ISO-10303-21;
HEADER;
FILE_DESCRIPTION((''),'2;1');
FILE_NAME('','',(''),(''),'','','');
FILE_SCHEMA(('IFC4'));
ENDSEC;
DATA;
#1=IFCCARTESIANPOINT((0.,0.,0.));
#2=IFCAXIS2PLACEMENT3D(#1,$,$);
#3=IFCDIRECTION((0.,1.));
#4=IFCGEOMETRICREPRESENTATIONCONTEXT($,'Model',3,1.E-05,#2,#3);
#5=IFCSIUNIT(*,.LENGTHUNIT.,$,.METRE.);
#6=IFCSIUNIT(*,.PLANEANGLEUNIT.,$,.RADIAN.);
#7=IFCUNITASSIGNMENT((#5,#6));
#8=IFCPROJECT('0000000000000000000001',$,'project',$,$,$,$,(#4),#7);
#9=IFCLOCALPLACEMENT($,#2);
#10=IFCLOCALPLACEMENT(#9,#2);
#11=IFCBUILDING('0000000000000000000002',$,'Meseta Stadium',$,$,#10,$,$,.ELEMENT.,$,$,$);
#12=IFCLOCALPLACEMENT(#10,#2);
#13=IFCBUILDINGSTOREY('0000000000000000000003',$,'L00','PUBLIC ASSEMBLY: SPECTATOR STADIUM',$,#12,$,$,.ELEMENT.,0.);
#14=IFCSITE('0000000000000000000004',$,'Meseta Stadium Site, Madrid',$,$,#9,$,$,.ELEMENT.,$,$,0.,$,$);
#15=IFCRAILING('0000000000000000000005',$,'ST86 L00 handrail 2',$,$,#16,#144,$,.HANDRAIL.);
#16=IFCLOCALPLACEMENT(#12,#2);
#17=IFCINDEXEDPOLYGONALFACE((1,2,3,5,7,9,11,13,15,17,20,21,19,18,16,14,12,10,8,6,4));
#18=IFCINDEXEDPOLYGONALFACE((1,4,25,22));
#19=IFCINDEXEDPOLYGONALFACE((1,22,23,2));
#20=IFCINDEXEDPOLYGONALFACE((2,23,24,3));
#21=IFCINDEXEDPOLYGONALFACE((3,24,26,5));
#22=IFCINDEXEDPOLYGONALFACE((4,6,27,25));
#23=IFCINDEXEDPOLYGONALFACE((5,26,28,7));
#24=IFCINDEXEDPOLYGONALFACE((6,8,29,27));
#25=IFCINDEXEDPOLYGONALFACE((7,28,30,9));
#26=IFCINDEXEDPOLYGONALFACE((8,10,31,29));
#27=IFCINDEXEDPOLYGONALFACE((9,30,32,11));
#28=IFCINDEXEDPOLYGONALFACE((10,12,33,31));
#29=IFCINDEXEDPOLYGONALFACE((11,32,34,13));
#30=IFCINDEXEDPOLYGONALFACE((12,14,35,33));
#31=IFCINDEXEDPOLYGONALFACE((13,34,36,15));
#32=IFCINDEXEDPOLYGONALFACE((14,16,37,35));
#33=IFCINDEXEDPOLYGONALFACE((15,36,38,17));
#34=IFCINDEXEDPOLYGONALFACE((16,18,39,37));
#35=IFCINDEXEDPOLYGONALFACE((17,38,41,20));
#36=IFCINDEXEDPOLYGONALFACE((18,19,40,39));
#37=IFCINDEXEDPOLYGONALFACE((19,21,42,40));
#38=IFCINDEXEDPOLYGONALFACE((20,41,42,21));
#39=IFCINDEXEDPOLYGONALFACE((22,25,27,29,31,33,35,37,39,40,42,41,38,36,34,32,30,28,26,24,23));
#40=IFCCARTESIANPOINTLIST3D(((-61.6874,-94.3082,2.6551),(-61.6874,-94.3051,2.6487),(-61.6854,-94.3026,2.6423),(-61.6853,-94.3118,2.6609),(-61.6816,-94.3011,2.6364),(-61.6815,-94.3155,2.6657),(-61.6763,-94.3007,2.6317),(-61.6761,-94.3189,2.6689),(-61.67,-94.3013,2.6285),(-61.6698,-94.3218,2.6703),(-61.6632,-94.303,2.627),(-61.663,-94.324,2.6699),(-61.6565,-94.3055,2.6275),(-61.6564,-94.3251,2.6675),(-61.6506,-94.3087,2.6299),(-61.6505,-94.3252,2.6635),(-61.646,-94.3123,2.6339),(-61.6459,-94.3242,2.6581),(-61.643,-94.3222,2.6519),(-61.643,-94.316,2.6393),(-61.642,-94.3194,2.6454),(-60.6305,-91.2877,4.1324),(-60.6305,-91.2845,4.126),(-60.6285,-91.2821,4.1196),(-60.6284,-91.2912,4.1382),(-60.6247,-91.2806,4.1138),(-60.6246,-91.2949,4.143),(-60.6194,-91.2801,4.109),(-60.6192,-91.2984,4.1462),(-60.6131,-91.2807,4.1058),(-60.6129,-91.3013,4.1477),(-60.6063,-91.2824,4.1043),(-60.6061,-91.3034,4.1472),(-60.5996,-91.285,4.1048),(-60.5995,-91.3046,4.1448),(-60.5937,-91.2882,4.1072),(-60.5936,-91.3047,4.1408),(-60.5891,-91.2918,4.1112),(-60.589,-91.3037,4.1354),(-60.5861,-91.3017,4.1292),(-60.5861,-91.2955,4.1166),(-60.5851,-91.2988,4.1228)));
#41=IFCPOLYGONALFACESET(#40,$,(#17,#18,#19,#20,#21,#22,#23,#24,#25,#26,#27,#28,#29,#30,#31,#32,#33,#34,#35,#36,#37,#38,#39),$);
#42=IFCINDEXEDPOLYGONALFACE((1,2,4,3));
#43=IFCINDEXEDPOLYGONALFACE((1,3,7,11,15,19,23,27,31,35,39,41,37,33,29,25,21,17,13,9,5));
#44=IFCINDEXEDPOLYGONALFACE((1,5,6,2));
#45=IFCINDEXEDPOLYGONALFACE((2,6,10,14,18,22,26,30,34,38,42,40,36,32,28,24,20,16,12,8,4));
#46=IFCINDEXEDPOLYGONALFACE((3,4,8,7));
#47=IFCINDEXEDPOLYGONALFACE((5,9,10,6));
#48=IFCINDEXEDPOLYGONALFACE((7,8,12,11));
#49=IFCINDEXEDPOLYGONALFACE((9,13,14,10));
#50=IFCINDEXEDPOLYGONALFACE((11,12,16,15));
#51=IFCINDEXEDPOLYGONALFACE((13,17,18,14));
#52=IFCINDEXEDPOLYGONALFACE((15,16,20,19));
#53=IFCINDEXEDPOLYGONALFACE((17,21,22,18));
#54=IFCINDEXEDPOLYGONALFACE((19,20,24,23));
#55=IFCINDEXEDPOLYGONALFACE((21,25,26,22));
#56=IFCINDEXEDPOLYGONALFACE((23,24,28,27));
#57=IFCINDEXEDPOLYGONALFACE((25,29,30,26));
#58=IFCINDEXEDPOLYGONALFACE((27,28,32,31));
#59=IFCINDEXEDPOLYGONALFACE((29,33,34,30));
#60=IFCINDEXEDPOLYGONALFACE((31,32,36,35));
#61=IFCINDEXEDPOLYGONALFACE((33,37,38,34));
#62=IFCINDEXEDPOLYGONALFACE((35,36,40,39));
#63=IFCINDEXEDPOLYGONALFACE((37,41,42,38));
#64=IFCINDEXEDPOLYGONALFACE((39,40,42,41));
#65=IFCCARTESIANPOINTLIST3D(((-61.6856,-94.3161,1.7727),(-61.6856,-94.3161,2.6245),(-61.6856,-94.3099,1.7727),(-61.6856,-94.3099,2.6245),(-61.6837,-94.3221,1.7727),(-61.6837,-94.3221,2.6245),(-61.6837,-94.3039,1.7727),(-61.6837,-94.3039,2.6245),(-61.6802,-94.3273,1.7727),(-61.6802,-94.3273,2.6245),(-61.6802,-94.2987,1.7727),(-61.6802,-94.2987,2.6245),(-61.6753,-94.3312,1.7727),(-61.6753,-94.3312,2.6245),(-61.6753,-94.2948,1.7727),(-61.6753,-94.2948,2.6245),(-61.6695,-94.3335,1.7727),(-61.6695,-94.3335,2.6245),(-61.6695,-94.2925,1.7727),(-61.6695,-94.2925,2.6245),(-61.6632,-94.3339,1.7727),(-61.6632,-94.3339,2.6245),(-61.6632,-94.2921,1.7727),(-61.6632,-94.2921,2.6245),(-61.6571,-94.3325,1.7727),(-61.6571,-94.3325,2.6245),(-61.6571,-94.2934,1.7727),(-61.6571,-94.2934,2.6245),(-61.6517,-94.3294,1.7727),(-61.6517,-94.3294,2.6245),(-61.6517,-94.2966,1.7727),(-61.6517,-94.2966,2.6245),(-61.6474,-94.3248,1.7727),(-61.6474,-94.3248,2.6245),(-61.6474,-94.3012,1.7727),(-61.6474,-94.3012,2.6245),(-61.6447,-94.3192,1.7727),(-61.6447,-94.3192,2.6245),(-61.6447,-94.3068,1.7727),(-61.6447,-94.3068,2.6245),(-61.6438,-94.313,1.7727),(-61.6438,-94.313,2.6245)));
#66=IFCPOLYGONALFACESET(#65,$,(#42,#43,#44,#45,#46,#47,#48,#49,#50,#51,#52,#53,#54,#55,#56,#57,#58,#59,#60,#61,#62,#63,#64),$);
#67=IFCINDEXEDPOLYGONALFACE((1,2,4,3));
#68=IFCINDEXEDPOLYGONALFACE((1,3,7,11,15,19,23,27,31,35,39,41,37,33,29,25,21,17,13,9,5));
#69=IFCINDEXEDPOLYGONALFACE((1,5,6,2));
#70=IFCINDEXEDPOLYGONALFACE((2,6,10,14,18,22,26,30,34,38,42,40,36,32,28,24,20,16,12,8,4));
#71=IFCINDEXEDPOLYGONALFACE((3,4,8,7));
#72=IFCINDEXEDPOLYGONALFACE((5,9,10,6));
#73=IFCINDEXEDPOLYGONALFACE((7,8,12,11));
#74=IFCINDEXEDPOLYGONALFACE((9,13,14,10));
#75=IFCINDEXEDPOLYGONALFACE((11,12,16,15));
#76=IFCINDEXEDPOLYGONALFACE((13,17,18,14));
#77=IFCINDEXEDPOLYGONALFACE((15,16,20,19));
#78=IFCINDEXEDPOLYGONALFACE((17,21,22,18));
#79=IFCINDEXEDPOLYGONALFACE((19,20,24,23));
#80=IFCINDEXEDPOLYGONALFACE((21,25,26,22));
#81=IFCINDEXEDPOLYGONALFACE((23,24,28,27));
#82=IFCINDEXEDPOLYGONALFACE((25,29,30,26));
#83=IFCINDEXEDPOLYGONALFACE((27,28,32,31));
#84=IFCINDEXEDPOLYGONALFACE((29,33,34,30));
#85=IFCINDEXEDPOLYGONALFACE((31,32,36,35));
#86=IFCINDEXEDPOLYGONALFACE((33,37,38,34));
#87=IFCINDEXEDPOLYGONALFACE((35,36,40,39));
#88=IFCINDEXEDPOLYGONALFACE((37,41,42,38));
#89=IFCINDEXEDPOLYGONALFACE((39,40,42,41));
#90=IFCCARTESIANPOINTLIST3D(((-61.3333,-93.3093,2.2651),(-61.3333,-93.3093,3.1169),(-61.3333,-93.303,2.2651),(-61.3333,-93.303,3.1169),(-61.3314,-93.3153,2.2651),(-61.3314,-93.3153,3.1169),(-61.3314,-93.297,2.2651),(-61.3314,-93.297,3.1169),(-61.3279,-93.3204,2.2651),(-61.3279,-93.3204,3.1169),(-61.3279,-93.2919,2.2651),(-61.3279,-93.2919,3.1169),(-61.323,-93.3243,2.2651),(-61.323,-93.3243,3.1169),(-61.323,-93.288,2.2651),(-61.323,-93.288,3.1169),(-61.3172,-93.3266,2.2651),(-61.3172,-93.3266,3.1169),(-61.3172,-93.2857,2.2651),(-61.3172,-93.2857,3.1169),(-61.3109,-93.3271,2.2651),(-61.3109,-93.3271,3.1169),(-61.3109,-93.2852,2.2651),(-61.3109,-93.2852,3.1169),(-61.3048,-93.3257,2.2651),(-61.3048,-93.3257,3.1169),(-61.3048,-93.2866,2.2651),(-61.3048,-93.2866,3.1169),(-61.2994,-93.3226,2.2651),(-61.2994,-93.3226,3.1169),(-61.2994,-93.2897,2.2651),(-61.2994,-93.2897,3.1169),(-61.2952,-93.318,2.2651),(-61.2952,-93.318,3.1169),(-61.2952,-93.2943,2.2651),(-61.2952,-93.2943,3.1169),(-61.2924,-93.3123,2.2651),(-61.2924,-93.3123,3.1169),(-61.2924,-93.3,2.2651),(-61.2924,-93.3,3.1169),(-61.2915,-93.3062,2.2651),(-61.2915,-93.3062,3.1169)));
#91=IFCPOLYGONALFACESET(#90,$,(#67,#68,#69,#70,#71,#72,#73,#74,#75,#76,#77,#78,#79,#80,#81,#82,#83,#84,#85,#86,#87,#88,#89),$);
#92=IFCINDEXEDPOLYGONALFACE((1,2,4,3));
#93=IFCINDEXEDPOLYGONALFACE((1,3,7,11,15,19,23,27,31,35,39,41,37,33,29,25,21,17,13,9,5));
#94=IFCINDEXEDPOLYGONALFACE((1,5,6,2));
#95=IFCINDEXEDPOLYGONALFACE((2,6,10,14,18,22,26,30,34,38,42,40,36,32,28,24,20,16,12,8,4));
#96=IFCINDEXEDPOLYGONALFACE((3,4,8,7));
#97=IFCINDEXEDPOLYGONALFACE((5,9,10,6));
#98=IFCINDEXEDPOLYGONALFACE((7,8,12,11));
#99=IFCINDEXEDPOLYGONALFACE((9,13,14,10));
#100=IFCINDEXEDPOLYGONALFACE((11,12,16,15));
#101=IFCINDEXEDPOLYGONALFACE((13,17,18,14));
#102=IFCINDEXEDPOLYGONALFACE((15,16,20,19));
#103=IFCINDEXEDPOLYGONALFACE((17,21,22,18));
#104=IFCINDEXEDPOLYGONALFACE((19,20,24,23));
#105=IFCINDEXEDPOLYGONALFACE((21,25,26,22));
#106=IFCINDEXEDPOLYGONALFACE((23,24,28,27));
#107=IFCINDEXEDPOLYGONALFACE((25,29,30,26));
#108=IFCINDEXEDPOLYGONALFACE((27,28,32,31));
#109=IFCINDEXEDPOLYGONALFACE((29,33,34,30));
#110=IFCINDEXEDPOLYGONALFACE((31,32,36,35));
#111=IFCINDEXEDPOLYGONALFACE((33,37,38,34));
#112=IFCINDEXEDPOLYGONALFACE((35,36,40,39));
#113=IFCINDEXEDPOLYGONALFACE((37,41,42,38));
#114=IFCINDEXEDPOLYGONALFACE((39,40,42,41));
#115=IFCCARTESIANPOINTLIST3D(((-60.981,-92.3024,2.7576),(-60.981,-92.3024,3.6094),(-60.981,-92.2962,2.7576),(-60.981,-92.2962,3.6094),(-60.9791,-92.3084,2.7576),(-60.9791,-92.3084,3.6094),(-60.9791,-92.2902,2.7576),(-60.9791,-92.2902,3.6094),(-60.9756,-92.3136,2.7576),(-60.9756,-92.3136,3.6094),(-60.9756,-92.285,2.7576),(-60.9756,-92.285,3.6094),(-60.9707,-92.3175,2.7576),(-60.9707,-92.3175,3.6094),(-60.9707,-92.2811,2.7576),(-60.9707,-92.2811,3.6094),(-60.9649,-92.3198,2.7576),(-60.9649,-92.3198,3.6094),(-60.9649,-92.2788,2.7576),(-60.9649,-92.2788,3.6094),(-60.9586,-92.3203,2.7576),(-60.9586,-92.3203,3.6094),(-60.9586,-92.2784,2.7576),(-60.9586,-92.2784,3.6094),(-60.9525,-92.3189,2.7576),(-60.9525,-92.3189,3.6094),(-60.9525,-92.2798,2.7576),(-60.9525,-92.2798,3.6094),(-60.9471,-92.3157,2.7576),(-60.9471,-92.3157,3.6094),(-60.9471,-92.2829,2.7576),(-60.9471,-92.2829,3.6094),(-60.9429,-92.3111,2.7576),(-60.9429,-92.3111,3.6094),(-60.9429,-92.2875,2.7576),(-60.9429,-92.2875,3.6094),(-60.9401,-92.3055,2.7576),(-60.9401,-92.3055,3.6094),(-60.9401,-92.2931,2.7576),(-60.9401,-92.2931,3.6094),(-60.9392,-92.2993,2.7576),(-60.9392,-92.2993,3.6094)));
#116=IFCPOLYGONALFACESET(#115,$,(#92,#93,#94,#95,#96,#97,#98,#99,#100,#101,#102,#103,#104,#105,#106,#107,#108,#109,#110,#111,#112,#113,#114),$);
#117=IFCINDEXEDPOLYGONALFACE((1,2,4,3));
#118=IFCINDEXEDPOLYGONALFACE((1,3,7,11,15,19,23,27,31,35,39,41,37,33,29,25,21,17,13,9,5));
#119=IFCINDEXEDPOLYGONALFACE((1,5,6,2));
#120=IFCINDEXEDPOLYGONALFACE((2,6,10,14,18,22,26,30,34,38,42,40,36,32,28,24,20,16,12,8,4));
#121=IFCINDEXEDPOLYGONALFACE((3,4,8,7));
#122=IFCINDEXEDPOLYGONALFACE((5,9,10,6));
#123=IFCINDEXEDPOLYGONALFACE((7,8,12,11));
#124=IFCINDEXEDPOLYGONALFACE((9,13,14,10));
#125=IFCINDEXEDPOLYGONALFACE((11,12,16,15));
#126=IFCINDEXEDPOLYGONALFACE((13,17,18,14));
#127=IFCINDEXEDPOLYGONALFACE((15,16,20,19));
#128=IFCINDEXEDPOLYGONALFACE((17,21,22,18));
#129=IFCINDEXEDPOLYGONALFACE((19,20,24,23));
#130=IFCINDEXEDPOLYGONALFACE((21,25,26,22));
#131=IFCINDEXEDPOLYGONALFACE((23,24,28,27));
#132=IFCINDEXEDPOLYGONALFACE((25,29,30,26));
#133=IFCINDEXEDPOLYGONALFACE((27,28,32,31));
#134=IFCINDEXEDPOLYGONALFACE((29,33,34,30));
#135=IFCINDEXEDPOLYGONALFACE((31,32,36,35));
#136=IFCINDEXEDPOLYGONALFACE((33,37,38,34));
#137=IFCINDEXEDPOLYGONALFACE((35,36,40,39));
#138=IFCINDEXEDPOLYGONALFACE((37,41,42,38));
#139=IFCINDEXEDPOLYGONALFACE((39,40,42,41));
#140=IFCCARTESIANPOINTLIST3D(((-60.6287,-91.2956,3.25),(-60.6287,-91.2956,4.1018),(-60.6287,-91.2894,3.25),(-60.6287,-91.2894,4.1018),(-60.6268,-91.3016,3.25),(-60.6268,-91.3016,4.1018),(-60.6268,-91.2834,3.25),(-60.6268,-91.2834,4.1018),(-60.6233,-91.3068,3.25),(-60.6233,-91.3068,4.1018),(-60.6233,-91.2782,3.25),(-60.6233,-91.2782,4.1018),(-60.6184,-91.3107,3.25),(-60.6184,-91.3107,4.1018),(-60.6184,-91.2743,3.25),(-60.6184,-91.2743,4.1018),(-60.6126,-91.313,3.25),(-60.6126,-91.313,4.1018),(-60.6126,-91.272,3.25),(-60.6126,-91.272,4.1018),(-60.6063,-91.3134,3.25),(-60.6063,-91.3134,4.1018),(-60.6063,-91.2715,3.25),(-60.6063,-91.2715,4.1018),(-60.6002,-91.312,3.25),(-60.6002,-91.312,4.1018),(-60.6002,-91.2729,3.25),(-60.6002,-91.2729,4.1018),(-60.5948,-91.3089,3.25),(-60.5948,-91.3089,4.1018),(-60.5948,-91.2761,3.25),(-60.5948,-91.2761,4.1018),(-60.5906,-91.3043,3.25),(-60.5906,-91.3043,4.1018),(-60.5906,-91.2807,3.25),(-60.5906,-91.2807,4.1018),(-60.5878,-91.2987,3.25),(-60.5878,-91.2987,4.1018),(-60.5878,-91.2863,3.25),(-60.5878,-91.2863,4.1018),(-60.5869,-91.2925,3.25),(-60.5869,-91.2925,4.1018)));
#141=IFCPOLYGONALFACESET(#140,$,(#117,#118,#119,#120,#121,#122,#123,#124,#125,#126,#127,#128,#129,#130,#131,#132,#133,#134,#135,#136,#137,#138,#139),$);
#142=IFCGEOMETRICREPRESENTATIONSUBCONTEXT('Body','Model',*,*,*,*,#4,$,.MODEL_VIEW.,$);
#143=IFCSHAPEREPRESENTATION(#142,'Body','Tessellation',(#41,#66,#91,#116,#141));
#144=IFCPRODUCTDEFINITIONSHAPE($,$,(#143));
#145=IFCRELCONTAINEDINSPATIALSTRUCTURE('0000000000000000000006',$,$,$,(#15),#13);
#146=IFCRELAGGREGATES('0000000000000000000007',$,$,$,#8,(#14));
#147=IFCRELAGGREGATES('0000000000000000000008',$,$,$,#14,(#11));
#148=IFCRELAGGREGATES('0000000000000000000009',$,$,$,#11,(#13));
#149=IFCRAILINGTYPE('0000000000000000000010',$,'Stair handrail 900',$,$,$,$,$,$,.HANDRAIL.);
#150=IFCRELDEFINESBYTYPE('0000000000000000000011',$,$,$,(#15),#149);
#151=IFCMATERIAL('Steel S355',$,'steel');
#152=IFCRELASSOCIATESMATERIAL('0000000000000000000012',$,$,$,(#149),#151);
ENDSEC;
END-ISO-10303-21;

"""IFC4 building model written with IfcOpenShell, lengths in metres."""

from ifc_helpers import new_model, si_unit, direction, frame, origin, origin_2d, place, context, subcontext, project, spatial, circle, extrude, material, type_object, element, save


model = new_model("IFC4")

# Units and contexts
model_context = context("Model", 3, precision=1e-05, world=origin(), true_north=direction((0.0, 1.0)))
body_context = subcontext(model_context, "Body", "Model", "MODEL_VIEW")
ifc_project = project(units=[si_unit("LENGTHUNIT", "METRE"), si_unit("PLANEANGLEUNIT", "RADIAN")], contexts=[model_context])

# Site, building, storey
site_placement = place(None, origin())
site = spatial("IfcSite", under=ifc_project, at=site_placement, Name="Meseta Stadium Site, Madrid", CompositionType="ELEMENT", RefElevation=0.0)
building_placement = place(site_placement, origin())
building = spatial("IfcBuilding", under=site, at=building_placement, Name="Meseta Stadium", CompositionType="ELEMENT")
storey_placement = place(building_placement, origin())
storey = spatial("IfcBuildingStorey", under=building, at=storey_placement, Name="L00", Description="PUBLIC ASSEMBLY: SPECTATOR STADIUM", CompositionType="ELEMENT", Elevation=0.0)

# Railing
ifc_material_1 = material(Name="Steel S355", Category="steel")
railing_type_1 = type_object("IfcRailingType", Name="Stair handrail 900", PredefinedType="HANDRAIL", material=ifc_material_1)
for number, where, name in (
    (1, (-61.6648, -94.313, 1.7727), "ST86 L00 handrail 2"),
):
    element("IfcRailing", number, at=place(storey_placement, frame(where)), inside=storey, type_object=railing_type_1, Name=name, PredefinedType="HANDRAIL", context=body_context, shape_type="SweptSolid", body=[
        extrude(circle(Radius=0.0239, at=origin_2d()), frame((0.0, 0.0, 0.876), z_axis=(0.299859, 0.856977, 0.419137), x_axis=(-0.943887, 0.330269, 0.0)), (0.0, 0.0, 1.0), 3.5247),
        extrude(circle(Radius=0.021, at=origin_2d()), origin(), (0.0, 0.0, 1.0), 0.8518),
        extrude(circle(Radius=0.021, at=origin_2d()), frame((0.3523, 1.0068, 0.4924)), (0.0, 0.0, 1.0), 0.8518),
        extrude(circle(Radius=0.021, at=origin_2d()), frame((0.7046, 2.0137, 0.9849)), (0.0, 0.0, 1.0), 0.8518),
        extrude(circle(Radius=0.021, at=origin_2d()), frame((1.0569, 3.0205, 1.4773)), (0.0, 0.0, 1.0), 0.8518),
    ])

save(model, "model.ifc")
